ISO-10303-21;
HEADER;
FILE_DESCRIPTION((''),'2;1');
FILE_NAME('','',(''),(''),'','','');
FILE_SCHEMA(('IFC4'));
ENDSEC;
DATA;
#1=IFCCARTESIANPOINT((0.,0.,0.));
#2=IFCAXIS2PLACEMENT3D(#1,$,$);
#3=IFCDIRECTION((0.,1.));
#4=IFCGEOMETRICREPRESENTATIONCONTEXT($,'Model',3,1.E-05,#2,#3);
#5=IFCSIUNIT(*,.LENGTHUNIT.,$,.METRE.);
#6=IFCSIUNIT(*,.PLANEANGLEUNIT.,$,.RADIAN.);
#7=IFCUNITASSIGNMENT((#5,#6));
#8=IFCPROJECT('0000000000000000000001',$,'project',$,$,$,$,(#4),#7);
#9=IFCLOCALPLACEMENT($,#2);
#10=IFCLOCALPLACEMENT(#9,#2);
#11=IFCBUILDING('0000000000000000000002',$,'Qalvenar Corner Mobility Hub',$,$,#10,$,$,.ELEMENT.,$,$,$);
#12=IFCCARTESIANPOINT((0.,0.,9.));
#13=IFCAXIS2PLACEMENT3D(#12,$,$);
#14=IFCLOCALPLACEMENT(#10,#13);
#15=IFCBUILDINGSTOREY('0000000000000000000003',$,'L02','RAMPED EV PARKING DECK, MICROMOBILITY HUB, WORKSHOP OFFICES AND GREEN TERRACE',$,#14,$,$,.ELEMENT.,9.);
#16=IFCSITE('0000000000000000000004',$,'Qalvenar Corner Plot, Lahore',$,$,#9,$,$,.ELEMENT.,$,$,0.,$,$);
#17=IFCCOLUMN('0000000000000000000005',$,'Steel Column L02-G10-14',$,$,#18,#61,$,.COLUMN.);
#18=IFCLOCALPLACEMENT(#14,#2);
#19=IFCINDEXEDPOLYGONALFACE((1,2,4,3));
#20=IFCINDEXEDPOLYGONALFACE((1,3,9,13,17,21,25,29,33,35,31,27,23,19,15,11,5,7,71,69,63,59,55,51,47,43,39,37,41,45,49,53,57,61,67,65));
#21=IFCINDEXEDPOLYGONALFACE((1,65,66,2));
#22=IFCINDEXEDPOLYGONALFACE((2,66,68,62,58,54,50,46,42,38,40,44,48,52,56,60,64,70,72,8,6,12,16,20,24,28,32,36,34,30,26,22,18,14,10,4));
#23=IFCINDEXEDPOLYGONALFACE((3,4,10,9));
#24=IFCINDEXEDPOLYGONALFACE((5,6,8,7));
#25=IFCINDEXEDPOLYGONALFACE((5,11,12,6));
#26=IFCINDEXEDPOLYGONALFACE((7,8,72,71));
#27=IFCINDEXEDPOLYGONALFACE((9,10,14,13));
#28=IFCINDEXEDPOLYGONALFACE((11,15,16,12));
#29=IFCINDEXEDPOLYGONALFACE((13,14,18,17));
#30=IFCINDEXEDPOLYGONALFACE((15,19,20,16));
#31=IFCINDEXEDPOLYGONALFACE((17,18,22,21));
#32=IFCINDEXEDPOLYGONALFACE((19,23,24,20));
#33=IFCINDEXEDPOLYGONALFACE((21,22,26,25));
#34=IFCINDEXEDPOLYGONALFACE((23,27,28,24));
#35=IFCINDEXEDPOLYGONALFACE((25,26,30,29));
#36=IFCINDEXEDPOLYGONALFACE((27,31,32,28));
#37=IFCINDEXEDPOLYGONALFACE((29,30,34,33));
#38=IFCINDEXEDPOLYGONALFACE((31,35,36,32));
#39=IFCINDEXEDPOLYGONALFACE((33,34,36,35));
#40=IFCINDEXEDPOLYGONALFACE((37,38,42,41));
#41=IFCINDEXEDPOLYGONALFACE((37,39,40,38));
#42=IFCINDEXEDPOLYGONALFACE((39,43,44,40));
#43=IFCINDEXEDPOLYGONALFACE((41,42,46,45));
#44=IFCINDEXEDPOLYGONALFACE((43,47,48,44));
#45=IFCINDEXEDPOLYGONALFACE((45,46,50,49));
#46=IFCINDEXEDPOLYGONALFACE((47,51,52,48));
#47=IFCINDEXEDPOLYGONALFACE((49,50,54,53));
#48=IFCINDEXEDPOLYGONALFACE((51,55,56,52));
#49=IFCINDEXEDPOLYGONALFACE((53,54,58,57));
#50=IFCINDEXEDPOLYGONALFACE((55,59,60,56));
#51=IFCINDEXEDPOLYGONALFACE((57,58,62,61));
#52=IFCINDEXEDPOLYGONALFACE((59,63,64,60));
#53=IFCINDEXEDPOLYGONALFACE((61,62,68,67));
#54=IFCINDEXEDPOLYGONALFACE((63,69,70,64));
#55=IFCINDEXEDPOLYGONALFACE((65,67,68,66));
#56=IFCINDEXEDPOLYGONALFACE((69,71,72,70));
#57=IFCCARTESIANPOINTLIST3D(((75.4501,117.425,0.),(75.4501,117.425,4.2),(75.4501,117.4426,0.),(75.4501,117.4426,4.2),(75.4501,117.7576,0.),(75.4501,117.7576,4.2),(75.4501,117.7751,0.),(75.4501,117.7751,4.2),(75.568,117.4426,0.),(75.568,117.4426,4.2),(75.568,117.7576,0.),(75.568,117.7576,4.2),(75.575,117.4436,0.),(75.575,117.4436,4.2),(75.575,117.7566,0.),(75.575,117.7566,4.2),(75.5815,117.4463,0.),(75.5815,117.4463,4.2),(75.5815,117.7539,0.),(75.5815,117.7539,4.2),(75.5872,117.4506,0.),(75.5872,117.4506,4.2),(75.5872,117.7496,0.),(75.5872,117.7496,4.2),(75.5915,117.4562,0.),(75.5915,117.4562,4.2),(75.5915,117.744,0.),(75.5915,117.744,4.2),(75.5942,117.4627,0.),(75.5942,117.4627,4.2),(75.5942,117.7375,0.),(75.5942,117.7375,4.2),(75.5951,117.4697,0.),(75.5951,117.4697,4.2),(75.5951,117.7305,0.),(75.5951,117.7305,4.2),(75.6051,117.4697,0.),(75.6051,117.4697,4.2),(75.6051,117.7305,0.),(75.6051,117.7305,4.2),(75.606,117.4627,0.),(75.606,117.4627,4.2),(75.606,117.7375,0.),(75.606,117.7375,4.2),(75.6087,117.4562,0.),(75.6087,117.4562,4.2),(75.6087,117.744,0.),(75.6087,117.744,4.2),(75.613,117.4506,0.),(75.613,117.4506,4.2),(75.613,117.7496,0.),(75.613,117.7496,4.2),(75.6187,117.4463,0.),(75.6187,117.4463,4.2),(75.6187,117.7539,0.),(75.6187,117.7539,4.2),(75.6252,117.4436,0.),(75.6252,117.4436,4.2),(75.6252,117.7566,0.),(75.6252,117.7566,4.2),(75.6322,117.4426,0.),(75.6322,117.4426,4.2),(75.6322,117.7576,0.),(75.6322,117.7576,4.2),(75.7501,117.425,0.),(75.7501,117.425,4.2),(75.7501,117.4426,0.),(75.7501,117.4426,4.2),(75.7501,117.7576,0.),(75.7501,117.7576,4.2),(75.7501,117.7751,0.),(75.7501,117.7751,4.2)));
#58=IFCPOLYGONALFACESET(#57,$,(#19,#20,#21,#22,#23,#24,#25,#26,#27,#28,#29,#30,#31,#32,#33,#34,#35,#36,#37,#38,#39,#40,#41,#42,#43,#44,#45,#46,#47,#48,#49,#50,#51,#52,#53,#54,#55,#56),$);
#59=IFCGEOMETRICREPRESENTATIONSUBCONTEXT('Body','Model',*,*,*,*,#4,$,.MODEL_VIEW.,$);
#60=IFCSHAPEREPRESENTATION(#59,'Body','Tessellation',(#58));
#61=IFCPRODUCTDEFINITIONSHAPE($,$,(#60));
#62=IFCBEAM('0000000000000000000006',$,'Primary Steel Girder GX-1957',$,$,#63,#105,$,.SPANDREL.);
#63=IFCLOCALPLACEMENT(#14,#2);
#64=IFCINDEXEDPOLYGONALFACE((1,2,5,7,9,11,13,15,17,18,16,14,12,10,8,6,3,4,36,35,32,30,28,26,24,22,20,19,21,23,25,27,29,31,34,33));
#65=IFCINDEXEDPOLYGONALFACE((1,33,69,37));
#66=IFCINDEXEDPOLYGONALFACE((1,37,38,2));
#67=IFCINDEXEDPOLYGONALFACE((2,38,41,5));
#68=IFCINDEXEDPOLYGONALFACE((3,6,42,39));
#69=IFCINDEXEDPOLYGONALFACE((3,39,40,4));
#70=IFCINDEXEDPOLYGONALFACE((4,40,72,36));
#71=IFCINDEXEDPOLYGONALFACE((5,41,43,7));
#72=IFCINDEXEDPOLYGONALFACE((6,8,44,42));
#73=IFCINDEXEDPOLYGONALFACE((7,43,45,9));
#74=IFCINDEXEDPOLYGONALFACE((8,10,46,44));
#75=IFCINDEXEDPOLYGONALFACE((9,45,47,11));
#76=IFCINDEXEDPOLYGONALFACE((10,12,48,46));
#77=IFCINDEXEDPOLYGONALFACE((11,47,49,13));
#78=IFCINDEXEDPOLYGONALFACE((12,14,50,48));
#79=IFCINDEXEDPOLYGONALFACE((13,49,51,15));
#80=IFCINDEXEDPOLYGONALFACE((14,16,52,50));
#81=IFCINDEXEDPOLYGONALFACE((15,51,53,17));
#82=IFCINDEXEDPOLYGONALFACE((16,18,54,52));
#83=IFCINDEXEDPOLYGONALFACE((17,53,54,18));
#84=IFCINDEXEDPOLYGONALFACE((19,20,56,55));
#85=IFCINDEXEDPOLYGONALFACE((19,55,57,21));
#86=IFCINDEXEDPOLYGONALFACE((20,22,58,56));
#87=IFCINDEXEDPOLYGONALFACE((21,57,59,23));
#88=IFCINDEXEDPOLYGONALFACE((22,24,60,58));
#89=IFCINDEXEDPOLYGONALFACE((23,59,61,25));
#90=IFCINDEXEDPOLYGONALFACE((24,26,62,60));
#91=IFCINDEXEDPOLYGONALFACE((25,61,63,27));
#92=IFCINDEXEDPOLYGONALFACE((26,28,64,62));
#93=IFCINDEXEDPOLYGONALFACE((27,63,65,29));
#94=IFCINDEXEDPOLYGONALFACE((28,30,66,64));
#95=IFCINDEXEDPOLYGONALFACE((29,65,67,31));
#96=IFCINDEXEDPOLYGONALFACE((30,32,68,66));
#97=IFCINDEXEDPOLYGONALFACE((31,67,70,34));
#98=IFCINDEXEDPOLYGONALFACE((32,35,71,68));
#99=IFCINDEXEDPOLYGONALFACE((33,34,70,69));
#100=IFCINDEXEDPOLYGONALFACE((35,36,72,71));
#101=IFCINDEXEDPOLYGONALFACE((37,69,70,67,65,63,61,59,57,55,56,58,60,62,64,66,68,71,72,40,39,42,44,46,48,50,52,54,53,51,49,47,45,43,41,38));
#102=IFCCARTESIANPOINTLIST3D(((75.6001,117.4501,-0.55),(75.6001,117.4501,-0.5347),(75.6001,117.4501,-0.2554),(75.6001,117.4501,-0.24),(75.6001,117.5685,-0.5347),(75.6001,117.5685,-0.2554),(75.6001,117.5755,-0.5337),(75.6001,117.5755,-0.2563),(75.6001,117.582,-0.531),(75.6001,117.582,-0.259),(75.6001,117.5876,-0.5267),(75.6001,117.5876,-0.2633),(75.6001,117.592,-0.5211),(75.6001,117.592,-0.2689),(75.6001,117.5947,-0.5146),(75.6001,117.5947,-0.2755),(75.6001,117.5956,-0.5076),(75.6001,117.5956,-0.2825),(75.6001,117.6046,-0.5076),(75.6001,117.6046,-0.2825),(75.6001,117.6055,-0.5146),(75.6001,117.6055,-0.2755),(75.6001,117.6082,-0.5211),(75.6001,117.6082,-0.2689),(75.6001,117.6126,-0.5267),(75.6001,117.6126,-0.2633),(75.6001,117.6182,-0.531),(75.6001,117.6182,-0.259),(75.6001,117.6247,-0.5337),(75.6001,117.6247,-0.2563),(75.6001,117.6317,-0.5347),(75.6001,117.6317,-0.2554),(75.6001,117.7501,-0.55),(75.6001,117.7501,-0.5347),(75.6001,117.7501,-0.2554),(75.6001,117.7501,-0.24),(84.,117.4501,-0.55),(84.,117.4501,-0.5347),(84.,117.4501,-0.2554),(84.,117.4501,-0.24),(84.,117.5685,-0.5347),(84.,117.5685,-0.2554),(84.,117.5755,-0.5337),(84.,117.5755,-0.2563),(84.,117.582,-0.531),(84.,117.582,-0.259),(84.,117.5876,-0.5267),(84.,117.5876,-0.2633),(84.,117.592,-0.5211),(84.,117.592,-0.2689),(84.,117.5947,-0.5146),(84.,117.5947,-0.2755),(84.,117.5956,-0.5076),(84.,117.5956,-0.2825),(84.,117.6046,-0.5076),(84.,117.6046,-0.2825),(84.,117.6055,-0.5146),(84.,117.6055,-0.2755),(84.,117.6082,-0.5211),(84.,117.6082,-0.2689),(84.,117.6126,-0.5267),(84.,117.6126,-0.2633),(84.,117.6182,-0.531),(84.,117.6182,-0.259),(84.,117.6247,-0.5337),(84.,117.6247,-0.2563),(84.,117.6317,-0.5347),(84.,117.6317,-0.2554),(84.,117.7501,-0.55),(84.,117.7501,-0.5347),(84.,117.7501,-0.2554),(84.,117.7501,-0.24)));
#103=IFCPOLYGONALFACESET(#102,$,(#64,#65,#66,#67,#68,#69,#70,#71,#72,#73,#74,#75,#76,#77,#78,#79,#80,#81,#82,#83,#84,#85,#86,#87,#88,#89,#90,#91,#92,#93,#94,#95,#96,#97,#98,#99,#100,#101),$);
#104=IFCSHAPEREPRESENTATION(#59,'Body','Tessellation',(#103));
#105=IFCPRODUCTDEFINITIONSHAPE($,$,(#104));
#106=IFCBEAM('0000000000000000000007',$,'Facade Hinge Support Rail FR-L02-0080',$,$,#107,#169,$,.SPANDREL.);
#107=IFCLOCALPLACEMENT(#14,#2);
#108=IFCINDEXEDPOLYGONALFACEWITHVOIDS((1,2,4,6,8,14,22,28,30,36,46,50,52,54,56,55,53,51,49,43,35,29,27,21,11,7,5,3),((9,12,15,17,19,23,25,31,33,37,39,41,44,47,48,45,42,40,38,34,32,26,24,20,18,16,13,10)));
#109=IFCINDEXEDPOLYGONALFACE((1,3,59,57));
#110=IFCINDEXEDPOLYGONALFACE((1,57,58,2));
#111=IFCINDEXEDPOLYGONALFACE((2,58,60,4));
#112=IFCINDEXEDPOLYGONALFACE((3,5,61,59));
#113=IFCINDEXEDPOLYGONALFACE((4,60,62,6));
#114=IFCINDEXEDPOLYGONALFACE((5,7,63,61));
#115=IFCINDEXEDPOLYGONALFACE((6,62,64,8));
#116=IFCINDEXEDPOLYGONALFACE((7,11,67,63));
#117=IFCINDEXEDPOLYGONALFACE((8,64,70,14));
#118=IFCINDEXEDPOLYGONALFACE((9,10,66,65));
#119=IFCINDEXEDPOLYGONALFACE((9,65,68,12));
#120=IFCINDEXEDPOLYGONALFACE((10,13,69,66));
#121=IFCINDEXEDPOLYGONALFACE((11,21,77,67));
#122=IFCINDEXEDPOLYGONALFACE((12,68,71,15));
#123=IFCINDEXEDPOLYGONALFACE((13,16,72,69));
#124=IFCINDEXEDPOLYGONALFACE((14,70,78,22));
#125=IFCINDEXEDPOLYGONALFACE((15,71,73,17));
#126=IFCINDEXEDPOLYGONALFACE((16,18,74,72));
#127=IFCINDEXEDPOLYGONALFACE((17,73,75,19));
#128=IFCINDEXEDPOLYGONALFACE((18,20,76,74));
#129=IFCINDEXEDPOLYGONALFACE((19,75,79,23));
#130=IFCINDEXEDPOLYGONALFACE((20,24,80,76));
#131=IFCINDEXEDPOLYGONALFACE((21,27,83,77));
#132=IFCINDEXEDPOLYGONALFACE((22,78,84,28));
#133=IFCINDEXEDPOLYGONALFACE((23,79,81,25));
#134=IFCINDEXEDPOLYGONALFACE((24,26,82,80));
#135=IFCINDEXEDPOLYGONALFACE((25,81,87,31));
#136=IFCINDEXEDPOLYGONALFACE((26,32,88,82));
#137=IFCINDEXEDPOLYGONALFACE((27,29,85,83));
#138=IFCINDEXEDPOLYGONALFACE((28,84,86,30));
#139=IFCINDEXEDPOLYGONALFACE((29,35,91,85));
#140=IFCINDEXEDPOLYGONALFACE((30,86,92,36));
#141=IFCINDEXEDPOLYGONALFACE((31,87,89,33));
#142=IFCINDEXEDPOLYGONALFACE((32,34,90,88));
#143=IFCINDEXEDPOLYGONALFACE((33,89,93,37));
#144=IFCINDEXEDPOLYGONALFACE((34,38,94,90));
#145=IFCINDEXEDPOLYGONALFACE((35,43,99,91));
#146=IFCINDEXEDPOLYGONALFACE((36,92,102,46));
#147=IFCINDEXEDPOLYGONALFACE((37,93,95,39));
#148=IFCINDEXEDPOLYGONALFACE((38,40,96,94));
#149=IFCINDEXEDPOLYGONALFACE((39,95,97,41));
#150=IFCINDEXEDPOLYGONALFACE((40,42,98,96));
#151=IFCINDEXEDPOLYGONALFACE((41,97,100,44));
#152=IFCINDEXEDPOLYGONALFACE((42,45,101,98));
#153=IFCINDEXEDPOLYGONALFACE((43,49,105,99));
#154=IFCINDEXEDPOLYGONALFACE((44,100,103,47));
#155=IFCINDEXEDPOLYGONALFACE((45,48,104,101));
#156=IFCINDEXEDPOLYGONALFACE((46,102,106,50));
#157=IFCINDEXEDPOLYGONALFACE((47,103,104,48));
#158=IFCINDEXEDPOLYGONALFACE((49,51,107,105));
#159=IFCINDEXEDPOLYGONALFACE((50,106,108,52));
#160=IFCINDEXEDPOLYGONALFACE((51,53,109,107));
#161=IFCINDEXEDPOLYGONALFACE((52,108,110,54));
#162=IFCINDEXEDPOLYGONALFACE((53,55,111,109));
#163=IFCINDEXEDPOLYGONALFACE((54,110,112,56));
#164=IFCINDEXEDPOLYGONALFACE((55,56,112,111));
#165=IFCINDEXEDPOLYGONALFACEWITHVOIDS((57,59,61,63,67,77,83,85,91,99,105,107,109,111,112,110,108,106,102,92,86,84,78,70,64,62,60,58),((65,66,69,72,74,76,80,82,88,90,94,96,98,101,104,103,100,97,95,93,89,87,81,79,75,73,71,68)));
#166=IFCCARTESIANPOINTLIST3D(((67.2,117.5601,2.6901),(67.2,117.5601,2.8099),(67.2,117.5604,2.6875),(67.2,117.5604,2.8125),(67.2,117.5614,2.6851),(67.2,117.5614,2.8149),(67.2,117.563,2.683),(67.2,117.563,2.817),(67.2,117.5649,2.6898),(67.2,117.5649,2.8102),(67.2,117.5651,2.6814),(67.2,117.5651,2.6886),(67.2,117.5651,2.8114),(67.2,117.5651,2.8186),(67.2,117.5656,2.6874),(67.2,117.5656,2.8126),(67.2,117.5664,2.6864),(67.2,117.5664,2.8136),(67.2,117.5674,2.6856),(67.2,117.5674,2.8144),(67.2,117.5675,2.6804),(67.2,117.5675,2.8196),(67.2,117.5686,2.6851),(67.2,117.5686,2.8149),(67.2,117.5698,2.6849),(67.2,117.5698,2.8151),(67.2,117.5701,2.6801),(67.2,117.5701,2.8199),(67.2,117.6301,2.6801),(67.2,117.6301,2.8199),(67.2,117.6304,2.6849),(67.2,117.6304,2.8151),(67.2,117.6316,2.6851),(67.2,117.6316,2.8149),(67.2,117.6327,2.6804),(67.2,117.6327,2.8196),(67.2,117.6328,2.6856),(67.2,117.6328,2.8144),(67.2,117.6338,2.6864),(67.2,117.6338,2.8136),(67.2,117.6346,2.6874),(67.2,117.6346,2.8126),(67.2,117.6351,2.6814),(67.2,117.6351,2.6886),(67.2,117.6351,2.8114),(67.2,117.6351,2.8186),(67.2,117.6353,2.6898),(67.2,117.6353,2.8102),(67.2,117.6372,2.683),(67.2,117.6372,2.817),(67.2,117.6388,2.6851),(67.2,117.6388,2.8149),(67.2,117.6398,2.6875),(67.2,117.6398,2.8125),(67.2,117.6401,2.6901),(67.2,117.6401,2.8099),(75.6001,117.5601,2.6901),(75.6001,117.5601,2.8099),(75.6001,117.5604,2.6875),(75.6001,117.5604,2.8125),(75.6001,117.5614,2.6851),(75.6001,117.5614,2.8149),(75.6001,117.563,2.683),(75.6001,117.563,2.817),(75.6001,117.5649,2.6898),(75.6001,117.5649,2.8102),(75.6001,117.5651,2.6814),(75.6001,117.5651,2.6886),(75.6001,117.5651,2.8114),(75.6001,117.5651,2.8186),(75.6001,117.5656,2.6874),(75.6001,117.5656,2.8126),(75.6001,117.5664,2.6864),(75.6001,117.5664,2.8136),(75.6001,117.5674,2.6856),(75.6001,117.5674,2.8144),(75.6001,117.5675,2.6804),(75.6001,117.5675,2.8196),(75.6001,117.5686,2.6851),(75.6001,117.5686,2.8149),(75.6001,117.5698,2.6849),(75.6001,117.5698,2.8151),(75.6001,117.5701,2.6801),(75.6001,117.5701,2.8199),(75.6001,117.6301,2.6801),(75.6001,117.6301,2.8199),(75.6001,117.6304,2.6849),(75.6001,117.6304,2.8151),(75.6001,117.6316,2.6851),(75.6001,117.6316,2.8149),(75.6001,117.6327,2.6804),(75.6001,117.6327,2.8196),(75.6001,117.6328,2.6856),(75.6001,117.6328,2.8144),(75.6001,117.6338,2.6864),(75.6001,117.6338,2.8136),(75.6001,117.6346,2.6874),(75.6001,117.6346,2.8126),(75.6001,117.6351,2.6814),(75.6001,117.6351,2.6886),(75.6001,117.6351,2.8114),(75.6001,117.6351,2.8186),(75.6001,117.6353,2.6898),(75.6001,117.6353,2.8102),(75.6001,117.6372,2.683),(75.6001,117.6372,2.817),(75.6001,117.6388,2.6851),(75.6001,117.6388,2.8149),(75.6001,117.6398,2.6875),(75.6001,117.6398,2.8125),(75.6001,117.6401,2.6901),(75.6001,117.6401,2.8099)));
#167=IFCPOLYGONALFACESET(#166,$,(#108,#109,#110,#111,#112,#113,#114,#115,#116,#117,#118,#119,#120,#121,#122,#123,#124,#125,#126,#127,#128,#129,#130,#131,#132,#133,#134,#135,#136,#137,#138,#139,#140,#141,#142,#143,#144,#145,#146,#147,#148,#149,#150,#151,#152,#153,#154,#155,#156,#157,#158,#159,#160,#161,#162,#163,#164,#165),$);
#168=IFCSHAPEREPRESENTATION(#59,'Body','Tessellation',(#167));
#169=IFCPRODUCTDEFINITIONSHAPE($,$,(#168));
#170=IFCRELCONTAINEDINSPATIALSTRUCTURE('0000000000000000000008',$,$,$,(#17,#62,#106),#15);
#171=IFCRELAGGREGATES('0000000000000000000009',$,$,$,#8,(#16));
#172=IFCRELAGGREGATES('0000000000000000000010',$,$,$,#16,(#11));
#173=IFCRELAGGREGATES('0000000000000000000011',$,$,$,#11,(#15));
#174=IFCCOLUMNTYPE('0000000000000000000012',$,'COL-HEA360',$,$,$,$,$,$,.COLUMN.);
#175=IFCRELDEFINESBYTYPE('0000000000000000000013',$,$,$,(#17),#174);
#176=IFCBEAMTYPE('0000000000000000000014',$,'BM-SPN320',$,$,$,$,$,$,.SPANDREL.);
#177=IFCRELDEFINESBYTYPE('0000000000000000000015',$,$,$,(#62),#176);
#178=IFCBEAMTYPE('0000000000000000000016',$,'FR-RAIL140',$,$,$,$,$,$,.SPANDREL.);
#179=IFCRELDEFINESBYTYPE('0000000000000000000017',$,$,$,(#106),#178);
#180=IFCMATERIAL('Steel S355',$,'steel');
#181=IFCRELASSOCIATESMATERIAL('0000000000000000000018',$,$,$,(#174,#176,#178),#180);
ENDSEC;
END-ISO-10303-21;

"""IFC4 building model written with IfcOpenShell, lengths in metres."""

from ifc_helpers import new_model, si_unit, direction, frame, origin, origin_2d, place, context, subcontext, project, spatial, hollow_rectangle, i_section, extrude, material, material_profile, profile_set, type_object, element, save


model = new_model("IFC4")

# Units and contexts
model_context = context("Model", 3, precision=1e-05, world=origin(), true_north=direction((0.0, 1.0)))
body_context = subcontext(model_context, "Body", "Model", "MODEL_VIEW")
ifc_project = project(units=[si_unit("LENGTHUNIT", "METRE"), si_unit("PLANEANGLEUNIT", "RADIAN")], contexts=[model_context])

# Site, building, storey
site_placement = place(None, origin())
site = spatial("IfcSite", under=ifc_project, at=site_placement, Name="Qalvenar Corner Plot, Lahore", CompositionType="ELEMENT", RefElevation=0.0)
building_placement = place(site_placement, origin())
building = spatial("IfcBuilding", under=site, at=building_placement, Name="Qalvenar Corner Mobility Hub", CompositionType="ELEMENT")
storey_placement = place(building_placement, frame((0.0, 0.0, 9.0)))
storey = spatial("IfcBuildingStorey", under=building, at=storey_placement, Name="L02", Description="RAMPED EV PARKING DECK, MICROMOBILITY HUB, WORKSHOP OFFICES AND GREEN TERRACE", CompositionType="ELEMENT", Elevation=9.0)

# Column
ifc_material_1 = material(Name="Steel S355", Category="steel")
ifc_material_profile_1 = material_profile(ifc_material_1, i_section(OverallWidth=0.3, OverallDepth=0.3501, WebThickness=0.01, FlangeThickness=0.0176, FilletRadius=0.0271, at=origin_2d()), Name="HEA360")
ifc_profile_set_1 = profile_set([ifc_material_profile_1], Name="Steel S355")
column_type = type_object("IfcColumnType", Name="COL-HEA360", PredefinedType="COLUMN", material=ifc_profile_set_1)
column_placement = place(storey_placement, frame((75.6001, 117.6001, 0.0), z_axis=(0.0, 0.0, 1.0), x_axis=(1.0, 0.0, 0.0)))
element("IfcColumn", 1, at=column_placement, inside=storey, type_object=column_type, Name="Steel Column L02-G10-14", PredefinedType="COLUMN", context=body_context, shape_type="SweptSolid", body=[
    extrude(i_section(OverallWidth=0.3, OverallDepth=0.3501, WebThickness=0.01, FlangeThickness=0.0176, FilletRadius=0.0271, at=origin_2d()), origin(), (0.0, 0.0, 1.0), 4.2),
])

# Beams
ifc_material_profile_2 = material_profile(ifc_material_1, i_section(OverallWidth=0.3, OverallDepth=0.3101, WebThickness=0.009, FlangeThickness=0.0154, FilletRadius=0.0271, at=origin_2d()), Name="HEA320")
ifc_profile_set_2 = profile_set([ifc_material_profile_2], Name="Steel S355")
beam_type_1 = type_object("IfcBeamType", Name="BM-SPN320", PredefinedType="SPANDREL", material=ifc_profile_set_2)
beam_1_placement = place(storey_placement, frame((75.6001, 117.6001, -0.395), z_axis=(1.0, 0.0, 0.0), x_axis=(0.0, 1.0, 0.0)))
element("IfcBeam", 2, at=beam_1_placement, inside=storey, type_object=beam_type_1, Name="Primary Steel Girder GX-1957", PredefinedType="SPANDREL", context=body_context, shape_type="SweptSolid", body=[
    extrude(i_section(OverallWidth=0.3, OverallDepth=0.3101, WebThickness=0.009, FlangeThickness=0.0154, FilletRadius=0.0271, at=origin_2d()), origin(), (0.0, 0.0, 1.0), 8.3999),
])
ifc_material_profile_3 = material_profile(ifc_material_1, hollow_rectangle(XDim=0.0801, YDim=0.1399, WallThickness=0.0049, InnerFilletRadius=0.0049, OuterFilletRadius=0.01, at=origin_2d()), Name="RHS140x80x5")
ifc_profile_set_3 = profile_set([ifc_material_profile_3], Name="Steel S355")
beam_type_2 = type_object("IfcBeamType", Name="FR-RAIL140", PredefinedType="SPANDREL", material=ifc_profile_set_3)
beam_2_placement = place(storey_placement, frame((75.6001, 117.6001, 2.75), z_axis=(-1.0, 0.0, 0.0), x_axis=(0.0, -1.0, 0.0)))
element("IfcBeam", 3, at=beam_2_placement, inside=storey, type_object=beam_type_2, Name="Facade Hinge Support Rail FR-L02-0080", PredefinedType="SPANDREL", context=body_context, shape_type="SweptSolid", body=[
    extrude(hollow_rectangle(XDim=0.0801, YDim=0.1399, WallThickness=0.0049, InnerFilletRadius=0.0049, OuterFilletRadius=0.01, at=origin_2d()), origin(), (0.0, 0.0, 1.0), 8.4001),
])

save(model, "model.ifc")
